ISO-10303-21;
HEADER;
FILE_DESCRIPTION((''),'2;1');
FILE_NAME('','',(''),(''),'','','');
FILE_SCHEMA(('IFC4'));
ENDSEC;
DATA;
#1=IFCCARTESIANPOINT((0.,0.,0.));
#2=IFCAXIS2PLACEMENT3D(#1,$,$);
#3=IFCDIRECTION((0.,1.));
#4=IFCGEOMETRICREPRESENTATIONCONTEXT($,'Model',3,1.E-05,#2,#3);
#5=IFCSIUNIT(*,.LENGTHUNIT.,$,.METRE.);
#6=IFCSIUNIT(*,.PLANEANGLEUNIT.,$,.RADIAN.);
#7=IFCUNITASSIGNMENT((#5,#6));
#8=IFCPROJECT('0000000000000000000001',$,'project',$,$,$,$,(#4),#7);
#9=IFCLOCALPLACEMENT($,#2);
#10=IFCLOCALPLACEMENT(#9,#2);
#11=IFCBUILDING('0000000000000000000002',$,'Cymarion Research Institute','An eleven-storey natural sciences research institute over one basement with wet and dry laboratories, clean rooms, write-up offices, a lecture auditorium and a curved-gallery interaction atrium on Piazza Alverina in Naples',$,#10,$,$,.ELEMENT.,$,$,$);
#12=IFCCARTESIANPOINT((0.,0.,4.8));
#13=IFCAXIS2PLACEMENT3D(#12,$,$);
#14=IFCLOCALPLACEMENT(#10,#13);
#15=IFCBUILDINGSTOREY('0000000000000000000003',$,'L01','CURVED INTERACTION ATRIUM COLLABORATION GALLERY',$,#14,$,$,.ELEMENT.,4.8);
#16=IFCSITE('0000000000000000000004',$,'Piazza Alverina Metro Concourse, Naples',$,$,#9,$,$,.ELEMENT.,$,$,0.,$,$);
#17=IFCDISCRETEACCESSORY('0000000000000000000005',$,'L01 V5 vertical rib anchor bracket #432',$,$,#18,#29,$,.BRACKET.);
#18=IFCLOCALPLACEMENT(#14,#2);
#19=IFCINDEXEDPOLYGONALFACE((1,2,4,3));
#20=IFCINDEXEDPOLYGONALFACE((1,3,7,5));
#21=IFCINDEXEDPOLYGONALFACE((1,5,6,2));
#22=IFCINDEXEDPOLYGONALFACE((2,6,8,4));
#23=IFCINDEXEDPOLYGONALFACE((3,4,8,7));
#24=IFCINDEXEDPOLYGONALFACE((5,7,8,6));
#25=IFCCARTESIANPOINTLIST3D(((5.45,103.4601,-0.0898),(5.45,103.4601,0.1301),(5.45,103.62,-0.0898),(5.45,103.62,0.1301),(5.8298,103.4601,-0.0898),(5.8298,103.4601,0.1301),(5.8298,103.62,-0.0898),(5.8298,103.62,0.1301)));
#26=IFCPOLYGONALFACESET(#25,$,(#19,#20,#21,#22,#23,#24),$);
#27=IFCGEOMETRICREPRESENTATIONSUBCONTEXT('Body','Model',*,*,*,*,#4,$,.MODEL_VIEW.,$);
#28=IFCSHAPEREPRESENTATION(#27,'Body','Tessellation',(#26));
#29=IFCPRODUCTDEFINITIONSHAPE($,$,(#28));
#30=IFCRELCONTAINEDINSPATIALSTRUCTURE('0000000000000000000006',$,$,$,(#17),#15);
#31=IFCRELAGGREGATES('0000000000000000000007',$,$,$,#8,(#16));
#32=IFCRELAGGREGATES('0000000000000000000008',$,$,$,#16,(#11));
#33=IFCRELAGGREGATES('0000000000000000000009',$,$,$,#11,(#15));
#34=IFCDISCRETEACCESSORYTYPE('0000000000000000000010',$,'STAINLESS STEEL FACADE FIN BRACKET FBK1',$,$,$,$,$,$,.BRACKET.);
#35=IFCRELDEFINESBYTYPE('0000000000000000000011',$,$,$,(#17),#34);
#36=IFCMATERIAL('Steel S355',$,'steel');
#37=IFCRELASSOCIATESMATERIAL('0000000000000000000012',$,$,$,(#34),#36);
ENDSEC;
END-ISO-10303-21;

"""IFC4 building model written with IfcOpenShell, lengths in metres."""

from ifc_helpers import new_model, si_unit, direction, frame, origin, origin_2d, place, context, subcontext, project, spatial, rectangle, extrude, material, type_object, element, save


model = new_model("IFC4")

# Units and contexts
model_context = context("Model", 3, precision=1e-05, world=origin(), true_north=direction((0.0, 1.0)))
body_context = subcontext(model_context, "Body", "Model", "MODEL_VIEW")
ifc_project = project(units=[si_unit("LENGTHUNIT", "METRE"), si_unit("PLANEANGLEUNIT", "RADIAN")], contexts=[model_context])

# Site, building, storey
site_placement = place(None, origin())
site = spatial("IfcSite", under=ifc_project, at=site_placement, Name="Piazza Alverina Metro Concourse, Naples", CompositionType="ELEMENT", RefElevation=0.0)
building_placement = place(site_placement, origin())
building = spatial("IfcBuilding", under=site, at=building_placement, Name="Cymarion Research Institute", Description="An eleven-storey natural sciences research institute over one basement with wet and dry laboratories, clean rooms, write-up offices, a lecture auditorium and a curved-gallery interaction atrium on Piazza Alverina in Naples", CompositionType="ELEMENT")
storey_placement = place(building_placement, frame((0.0, 0.0, 4.8)))
storey = spatial("IfcBuildingStorey", under=building, at=storey_placement, Name="L01", Description="CURVED INTERACTION ATRIUM COLLABORATION GALLERY", CompositionType="ELEMENT", Elevation=4.8)

# Discrete accessory
ifc_material_1 = material(Name="Steel S355", Category="steel")
discrete_accessory_type = type_object("IfcDiscreteAccessoryType", Name="STAINLESS STEEL FACADE FIN BRACKET FBK1", PredefinedType="BRACKET", material=ifc_material_1)
for number, where, z_axis, x_axis, name in (
    (1, (5.6399, 103.54, -0.0898), (0.0, 0.0, 1.0), (-1.0, 0.0, 0.0), "L01 V5 vertical rib anchor bracket #432"),
):
    element("IfcDiscreteAccessory", number, at=place(storey_placement, frame(where, z_axis=z_axis, x_axis=x_axis)), inside=storey, type_object=discrete_accessory_type, Name=name, PredefinedType="BRACKET", context=body_context, shape_type="SweptSolid", body=[
        extrude(rectangle(XDim=0.3799, YDim=0.1599, at=origin_2d()), origin(), (0.0, 0.0, 1.0), 0.22),
    ])

save(model, "model.ifc")
